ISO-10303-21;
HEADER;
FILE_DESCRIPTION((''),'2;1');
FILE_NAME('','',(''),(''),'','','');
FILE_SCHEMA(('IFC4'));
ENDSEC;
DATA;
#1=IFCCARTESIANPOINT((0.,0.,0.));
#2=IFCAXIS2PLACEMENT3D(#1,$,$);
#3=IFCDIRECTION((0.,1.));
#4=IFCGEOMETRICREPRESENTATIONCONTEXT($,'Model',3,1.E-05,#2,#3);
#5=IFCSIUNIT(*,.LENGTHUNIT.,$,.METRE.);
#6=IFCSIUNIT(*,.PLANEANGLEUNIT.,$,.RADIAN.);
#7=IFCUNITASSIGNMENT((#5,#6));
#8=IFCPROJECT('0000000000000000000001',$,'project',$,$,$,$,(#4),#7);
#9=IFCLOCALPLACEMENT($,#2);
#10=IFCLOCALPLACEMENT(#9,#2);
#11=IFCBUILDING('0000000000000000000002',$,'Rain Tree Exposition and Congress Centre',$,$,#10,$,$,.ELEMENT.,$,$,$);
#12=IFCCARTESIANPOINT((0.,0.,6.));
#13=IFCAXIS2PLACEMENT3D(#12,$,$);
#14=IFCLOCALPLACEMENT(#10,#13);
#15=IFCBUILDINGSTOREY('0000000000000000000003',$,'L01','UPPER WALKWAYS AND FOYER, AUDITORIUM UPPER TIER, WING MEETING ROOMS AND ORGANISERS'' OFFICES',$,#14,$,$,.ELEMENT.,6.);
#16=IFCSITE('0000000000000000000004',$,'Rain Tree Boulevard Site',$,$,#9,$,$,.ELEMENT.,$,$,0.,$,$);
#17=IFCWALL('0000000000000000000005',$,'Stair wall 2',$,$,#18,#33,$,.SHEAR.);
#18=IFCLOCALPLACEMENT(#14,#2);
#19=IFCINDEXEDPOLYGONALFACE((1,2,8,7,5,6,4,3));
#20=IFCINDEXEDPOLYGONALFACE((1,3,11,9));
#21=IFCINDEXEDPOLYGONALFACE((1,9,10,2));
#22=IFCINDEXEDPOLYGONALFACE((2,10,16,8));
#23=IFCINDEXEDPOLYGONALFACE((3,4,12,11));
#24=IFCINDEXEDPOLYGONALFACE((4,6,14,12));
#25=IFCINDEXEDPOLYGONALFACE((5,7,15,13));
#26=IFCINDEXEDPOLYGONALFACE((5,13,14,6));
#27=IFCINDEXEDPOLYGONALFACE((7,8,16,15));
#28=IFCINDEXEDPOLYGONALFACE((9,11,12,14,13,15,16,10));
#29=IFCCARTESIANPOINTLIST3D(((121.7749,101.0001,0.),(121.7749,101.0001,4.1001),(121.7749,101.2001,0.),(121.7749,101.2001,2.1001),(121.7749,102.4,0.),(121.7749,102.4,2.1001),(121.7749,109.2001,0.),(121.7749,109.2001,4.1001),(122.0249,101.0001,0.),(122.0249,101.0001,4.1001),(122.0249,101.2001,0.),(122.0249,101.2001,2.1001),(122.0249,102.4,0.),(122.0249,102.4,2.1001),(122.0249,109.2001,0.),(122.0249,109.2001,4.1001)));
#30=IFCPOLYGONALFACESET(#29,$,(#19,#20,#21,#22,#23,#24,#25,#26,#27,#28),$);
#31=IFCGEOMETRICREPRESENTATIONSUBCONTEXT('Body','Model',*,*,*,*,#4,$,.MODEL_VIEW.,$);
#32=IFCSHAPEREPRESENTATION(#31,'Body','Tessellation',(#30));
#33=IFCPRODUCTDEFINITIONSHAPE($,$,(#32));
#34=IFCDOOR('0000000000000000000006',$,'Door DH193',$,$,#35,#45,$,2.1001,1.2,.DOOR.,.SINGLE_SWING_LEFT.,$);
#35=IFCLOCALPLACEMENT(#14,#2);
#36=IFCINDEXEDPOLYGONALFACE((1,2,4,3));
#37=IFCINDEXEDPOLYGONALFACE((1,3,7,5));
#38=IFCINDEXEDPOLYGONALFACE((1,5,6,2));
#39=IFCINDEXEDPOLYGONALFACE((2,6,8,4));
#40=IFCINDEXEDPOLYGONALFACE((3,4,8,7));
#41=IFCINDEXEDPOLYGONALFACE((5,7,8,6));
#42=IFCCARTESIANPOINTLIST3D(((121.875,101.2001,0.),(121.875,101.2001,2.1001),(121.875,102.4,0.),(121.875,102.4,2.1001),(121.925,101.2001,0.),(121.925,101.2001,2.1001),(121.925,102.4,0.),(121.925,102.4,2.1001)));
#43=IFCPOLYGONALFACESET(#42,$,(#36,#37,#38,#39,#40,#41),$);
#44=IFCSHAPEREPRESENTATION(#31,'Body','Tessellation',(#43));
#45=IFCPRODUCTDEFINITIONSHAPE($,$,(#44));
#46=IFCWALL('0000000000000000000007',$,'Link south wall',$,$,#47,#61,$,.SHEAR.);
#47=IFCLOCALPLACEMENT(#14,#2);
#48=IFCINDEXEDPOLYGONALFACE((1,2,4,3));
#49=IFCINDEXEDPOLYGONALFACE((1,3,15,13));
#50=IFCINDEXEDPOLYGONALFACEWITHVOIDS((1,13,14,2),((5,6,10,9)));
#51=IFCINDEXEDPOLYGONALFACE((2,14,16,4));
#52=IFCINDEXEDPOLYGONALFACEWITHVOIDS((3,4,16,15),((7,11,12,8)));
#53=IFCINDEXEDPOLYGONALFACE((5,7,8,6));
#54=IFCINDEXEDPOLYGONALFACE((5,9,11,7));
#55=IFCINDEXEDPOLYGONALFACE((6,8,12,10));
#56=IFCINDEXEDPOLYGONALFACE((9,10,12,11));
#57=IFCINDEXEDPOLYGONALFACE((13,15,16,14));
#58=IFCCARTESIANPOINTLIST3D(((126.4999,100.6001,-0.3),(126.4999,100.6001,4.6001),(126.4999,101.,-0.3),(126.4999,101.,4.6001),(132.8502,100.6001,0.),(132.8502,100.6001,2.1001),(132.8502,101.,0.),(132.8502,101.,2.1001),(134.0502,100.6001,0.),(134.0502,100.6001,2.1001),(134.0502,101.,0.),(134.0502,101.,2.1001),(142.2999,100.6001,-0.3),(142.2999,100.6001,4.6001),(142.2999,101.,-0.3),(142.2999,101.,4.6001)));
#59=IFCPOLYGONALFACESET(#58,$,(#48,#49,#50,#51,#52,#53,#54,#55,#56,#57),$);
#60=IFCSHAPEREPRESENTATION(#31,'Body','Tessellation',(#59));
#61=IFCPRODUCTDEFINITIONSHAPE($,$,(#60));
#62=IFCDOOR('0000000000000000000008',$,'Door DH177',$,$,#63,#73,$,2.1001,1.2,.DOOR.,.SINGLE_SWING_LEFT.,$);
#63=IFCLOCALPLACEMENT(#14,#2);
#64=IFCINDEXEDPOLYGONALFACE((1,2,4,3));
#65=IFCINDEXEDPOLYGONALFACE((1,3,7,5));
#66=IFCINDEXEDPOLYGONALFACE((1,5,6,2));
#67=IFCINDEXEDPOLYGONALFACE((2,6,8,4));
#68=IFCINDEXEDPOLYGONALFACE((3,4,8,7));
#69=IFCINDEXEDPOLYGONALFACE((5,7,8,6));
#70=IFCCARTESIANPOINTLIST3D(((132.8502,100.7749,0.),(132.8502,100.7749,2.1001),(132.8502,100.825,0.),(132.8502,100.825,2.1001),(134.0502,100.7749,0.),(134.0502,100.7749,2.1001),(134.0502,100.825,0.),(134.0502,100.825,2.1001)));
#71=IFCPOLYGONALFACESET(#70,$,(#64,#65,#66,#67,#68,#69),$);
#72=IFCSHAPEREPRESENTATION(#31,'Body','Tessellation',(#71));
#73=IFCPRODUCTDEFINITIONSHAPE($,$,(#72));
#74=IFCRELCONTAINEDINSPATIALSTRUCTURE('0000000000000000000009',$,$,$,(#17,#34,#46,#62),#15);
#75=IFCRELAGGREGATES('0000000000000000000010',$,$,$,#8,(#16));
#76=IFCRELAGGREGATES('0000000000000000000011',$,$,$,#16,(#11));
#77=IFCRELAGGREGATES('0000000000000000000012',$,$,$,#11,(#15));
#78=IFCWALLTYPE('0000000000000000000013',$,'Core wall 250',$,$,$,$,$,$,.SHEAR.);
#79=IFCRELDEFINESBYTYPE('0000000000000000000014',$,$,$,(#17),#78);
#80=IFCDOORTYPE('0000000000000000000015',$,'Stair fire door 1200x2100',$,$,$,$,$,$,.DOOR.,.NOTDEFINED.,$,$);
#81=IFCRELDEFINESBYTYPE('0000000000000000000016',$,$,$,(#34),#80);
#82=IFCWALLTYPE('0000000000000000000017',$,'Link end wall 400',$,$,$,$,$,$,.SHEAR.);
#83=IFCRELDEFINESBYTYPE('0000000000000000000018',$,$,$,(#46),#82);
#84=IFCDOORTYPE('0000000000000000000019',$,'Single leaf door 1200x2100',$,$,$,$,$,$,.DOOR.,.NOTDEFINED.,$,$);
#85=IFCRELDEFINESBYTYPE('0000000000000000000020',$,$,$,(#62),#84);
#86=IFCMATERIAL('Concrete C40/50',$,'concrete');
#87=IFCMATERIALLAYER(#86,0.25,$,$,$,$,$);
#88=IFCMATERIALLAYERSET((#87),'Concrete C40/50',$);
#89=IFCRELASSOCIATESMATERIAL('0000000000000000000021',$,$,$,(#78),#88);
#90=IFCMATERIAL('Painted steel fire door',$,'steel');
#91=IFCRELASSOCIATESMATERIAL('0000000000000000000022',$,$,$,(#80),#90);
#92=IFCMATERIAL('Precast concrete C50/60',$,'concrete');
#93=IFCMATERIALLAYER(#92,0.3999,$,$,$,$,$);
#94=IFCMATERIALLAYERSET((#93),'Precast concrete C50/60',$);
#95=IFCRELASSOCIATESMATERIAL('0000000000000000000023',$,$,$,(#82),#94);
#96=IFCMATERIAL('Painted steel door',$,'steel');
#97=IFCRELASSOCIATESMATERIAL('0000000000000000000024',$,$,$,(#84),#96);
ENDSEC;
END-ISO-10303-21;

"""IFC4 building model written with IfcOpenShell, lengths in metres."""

from ifc_helpers import new_model, si_unit, direction, frame, frame_2d, origin, place, context, subcontext, project, spatial, rectangle, extrude, material, layer, layer_set, type_object, element, fill, save


model = new_model("IFC4")

# Units and contexts
model_context = context("Model", 3, precision=1e-05, world=origin(), true_north=direction((0.0, 1.0)))
body_context = subcontext(model_context, "Body", "Model", "MODEL_VIEW")
ifc_project = project(units=[si_unit("LENGTHUNIT", "METRE"), si_unit("PLANEANGLEUNIT", "RADIAN")], contexts=[model_context])

# Site, building, storey
site_placement = place(None, origin())
site = spatial("IfcSite", under=ifc_project, at=site_placement, Name="Rain Tree Boulevard Site", CompositionType="ELEMENT", RefElevation=0.0)
building_placement = place(site_placement, origin())
building = spatial("IfcBuilding", under=site, at=building_placement, Name="Rain Tree Exposition and Congress Centre", CompositionType="ELEMENT")
storey_placement = place(building_placement, frame((0.0, 0.0, 6.0)))
storey = spatial("IfcBuildingStorey", under=building, at=storey_placement, Name="L01", Description="UPPER WALKWAYS AND FOYER, AUDITORIUM UPPER TIER, WING MEETING ROOMS AND ORGANISERS' OFFICES", CompositionType="ELEMENT", Elevation=6.0)

# Walls, openings, doors
ifc_material_1 = material(Name="Concrete C40/50", Category="concrete")
ifc_layer_1 = layer(ifc_material_1, 0.25)
ifc_layer_set_1 = layer_set([ifc_layer_1], Name="Concrete C40/50")
wall_type_1 = type_object("IfcWallType", Name="Core wall 250", PredefinedType="SHEAR", material=ifc_layer_set_1)
wall_1_placement = place(storey_placement, frame((121.8999, 101.0, 0.0), z_axis=(0.0, 0.0, 1.0), x_axis=(0.0, 1.0, 0.0)))
wall_1 = element("IfcWall", 1, at=wall_1_placement, inside=storey, type_object=wall_type_1, Name="Stair wall 2", PredefinedType="SHEAR", context=body_context, shape_type="SweptSolid", body=[
    extrude(rectangle(XDim=8.2, YDim=0.25, at=frame_2d((4.1001, 0.0))), origin(), (0.0, 0.0, 1.0), 4.1001),
])
opening_1_placement = place(wall_1_placement, frame((0.2, 0.0, 0.0)))
opening_1 = element("IfcOpeningElement", 2, at=opening_1_placement, cuts=wall_1, PredefinedType="OPENING", context=body_context, shape_type="SweptSolid", body=[
    extrude(rectangle(XDim=1.2, YDim=2.1001, at=frame_2d((0.6001, 1.05))), frame((0.0, 0.125, 0.0), z_axis=(0.0, -1.0, 0.0), x_axis=(1.0, 0.0, 0.0)), (0.0, 0.0, 1.0), 0.25),
])
ifc_material_2 = material(Name="Painted steel fire door", Category="steel")
door_type_1 = type_object("IfcDoorType", Name="Stair fire door 1200x2100", OperationType="NOTDEFINED", PredefinedType="DOOR", material=ifc_material_2)
door_1_placement = place(opening_1_placement, origin())
door_1 = element("IfcDoor", 3, at=door_1_placement, inside=storey, type_object=door_type_1, Name="Door DH193", OperationType="SINGLE_SWING_LEFT", OverallHeight=2.1001, OverallWidth=1.2, PredefinedType="DOOR", context=body_context, shape_type="SweptSolid", body=[
    extrude(rectangle(XDim=1.2, YDim=2.1001, at=frame_2d((0.6001, 1.05))), frame((0.0, 0.0249, 0.0), z_axis=(0.0, -1.0, 0.0), x_axis=(1.0, 0.0, 0.0)), (0.0, 0.0, 1.0), 0.05),
])
fill(opening_1, door_1)
ifc_material_3 = material(Name="Precast concrete C50/60", Category="concrete")
ifc_layer_2 = layer(ifc_material_3, 0.3999)
ifc_layer_set_2 = layer_set([ifc_layer_2], Name="Precast concrete C50/60")
wall_type_2 = type_object("IfcWallType", Name="Link end wall 400", PredefinedType="SHEAR", material=ifc_layer_set_2)
wall_2_placement = place(storey_placement, frame((126.5, 100.8, -0.3), z_axis=(0.0, 0.0, 1.0), x_axis=(1.0, 0.0, 0.0)))
wall_2 = element("IfcWall", 4, at=wall_2_placement, inside=storey, type_object=wall_type_2, Name="Link south wall", PredefinedType="SHEAR", context=body_context, shape_type="SweptSolid", body=[
    extrude(rectangle(XDim=15.8, YDim=0.3999, at=frame_2d((7.8999, 0.0))), origin(), (0.0, 0.0, 1.0), 4.9001),
])
opening_2_placement = place(wall_2_placement, frame((6.3501, 0.0, 0.3)))
opening_2 = element("IfcOpeningElement", 5, at=opening_2_placement, cuts=wall_2, PredefinedType="OPENING", context=body_context, shape_type="SweptSolid", body=[
    extrude(rectangle(XDim=1.2, YDim=2.1001, at=frame_2d((0.6001, 1.05))), frame((0.0, 0.2, 0.0), z_axis=(0.0, -1.0, 0.0), x_axis=(1.0, 0.0, 0.0)), (0.0, 0.0, 1.0), 0.3999),
])
ifc_material_4 = material(Name="Painted steel door", Category="steel")
door_type_2 = type_object("IfcDoorType", Name="Single leaf door 1200x2100", OperationType="NOTDEFINED", PredefinedType="DOOR", material=ifc_material_4)
door_2_placement = place(opening_2_placement, origin())
door_2 = element("IfcDoor", 6, at=door_2_placement, inside=storey, type_object=door_type_2, Name="Door DH177", OperationType="SINGLE_SWING_LEFT", OverallHeight=2.1001, OverallWidth=1.2, PredefinedType="DOOR", context=body_context, shape_type="SweptSolid", body=[
    extrude(rectangle(XDim=1.2, YDim=2.1001, at=frame_2d((0.6001, 1.05))), frame((0.0, 0.0249, 0.0), z_axis=(0.0, -1.0, 0.0), x_axis=(1.0, 0.0, 0.0)), (0.0, 0.0, 1.0), 0.05),
])
fill(opening_2, door_2)

save(model, "model.ifc")
